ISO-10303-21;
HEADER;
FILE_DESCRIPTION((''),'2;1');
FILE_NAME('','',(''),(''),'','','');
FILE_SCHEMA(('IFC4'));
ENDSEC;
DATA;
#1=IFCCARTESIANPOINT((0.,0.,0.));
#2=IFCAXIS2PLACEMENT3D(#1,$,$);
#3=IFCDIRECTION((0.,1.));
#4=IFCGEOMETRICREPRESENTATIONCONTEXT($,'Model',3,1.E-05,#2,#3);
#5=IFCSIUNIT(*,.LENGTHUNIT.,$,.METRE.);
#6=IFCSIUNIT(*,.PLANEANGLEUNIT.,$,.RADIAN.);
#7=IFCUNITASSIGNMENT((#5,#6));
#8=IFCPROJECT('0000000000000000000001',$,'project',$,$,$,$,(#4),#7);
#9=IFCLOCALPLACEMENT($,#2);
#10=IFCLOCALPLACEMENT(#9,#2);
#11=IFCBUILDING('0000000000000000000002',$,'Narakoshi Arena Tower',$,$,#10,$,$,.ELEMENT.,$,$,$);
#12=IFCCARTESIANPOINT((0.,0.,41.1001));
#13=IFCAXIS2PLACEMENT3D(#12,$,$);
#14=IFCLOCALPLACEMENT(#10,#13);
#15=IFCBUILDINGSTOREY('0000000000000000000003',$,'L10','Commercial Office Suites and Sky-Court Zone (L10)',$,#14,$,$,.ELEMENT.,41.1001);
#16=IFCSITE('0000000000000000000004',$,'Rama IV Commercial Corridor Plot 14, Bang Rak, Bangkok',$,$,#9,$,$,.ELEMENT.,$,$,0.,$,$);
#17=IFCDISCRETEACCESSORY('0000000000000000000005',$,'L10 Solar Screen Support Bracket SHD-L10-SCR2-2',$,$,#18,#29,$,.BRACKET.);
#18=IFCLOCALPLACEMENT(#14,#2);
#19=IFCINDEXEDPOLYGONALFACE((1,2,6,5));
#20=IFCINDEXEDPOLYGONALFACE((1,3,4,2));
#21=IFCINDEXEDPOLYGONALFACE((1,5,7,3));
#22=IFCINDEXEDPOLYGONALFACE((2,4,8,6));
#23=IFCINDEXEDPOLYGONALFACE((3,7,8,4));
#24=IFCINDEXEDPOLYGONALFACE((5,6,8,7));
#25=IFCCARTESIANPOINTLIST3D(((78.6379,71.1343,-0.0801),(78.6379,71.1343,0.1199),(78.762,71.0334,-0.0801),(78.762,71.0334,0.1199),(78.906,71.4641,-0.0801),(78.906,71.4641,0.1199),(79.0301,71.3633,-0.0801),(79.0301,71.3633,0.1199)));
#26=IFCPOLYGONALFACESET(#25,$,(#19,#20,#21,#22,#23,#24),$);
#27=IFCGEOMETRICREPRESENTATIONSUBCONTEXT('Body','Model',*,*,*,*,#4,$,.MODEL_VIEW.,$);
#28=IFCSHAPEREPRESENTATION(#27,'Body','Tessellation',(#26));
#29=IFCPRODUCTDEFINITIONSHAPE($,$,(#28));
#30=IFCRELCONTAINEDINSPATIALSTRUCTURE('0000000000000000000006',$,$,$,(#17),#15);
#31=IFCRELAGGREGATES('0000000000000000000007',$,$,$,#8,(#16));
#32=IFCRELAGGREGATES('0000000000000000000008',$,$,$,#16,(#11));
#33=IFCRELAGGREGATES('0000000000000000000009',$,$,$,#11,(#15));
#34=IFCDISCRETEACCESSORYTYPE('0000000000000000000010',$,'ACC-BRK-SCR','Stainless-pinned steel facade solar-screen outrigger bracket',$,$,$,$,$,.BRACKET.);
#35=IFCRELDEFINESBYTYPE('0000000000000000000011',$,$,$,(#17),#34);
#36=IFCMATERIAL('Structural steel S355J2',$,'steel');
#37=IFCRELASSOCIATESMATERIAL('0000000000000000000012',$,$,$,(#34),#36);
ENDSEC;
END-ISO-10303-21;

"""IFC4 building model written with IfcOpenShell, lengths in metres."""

from ifc_helpers import new_model, si_unit, direction, frame, origin, origin_2d, place, context, subcontext, project, spatial, rectangle, extrude, material, type_object, element, save


model = new_model("IFC4")

# Units and contexts
model_context = context("Model", 3, precision=1e-05, world=origin(), true_north=direction((0.0, 1.0)))
body_context = subcontext(model_context, "Body", "Model", "MODEL_VIEW")
ifc_project = project(units=[si_unit("LENGTHUNIT", "METRE"), si_unit("PLANEANGLEUNIT", "RADIAN")], contexts=[model_context])

# Site, building, storey
site_placement = place(None, origin())
site = spatial("IfcSite", under=ifc_project, at=site_placement, Name="Rama IV Commercial Corridor Plot 14, Bang Rak, Bangkok", CompositionType="ELEMENT", RefElevation=0.0)
building_placement = place(site_placement, origin())
building = spatial("IfcBuilding", under=site, at=building_placement, Name="Narakoshi Arena Tower", CompositionType="ELEMENT")
storey_placement = place(building_placement, frame((0.0, 0.0, 41.1001)))
storey = spatial("IfcBuildingStorey", under=building, at=storey_placement, Name="L10", Description="Commercial Office Suites and Sky-Court Zone (L10)", CompositionType="ELEMENT", Elevation=41.1001)

# Shared definitions
ifc_material_1 = material(Name="Structural steel S355J2", Category="steel")

# Discrete accessory
discrete_accessory_type = type_object("IfcDiscreteAccessoryType", Name="ACC-BRK-SCR", Description="Stainless-pinned steel facade solar-screen outrigger bracket", PredefinedType="BRACKET", material=ifc_material_1)
discrete_accessory_placement = place(storey_placement, frame((78.834, 71.2488, -0.0801), z_axis=(0.0, 0.0, 1.0), x_axis=(-0.776002, 0.63073, 0.0)))
element("IfcDiscreteAccessory", 1, at=discrete_accessory_placement, inside=storey, type_object=discrete_accessory_type, Name="L10 Solar Screen Support Bracket SHD-L10-SCR2-2", PredefinedType="BRACKET", context=body_context, shape_type="SweptSolid", body=[
    extrude(rectangle(XDim=0.1599, YDim=0.425, at=origin_2d()), origin(), (0.0, 0.0, 1.0), 0.2),
])

save(model, "model.ifc")
